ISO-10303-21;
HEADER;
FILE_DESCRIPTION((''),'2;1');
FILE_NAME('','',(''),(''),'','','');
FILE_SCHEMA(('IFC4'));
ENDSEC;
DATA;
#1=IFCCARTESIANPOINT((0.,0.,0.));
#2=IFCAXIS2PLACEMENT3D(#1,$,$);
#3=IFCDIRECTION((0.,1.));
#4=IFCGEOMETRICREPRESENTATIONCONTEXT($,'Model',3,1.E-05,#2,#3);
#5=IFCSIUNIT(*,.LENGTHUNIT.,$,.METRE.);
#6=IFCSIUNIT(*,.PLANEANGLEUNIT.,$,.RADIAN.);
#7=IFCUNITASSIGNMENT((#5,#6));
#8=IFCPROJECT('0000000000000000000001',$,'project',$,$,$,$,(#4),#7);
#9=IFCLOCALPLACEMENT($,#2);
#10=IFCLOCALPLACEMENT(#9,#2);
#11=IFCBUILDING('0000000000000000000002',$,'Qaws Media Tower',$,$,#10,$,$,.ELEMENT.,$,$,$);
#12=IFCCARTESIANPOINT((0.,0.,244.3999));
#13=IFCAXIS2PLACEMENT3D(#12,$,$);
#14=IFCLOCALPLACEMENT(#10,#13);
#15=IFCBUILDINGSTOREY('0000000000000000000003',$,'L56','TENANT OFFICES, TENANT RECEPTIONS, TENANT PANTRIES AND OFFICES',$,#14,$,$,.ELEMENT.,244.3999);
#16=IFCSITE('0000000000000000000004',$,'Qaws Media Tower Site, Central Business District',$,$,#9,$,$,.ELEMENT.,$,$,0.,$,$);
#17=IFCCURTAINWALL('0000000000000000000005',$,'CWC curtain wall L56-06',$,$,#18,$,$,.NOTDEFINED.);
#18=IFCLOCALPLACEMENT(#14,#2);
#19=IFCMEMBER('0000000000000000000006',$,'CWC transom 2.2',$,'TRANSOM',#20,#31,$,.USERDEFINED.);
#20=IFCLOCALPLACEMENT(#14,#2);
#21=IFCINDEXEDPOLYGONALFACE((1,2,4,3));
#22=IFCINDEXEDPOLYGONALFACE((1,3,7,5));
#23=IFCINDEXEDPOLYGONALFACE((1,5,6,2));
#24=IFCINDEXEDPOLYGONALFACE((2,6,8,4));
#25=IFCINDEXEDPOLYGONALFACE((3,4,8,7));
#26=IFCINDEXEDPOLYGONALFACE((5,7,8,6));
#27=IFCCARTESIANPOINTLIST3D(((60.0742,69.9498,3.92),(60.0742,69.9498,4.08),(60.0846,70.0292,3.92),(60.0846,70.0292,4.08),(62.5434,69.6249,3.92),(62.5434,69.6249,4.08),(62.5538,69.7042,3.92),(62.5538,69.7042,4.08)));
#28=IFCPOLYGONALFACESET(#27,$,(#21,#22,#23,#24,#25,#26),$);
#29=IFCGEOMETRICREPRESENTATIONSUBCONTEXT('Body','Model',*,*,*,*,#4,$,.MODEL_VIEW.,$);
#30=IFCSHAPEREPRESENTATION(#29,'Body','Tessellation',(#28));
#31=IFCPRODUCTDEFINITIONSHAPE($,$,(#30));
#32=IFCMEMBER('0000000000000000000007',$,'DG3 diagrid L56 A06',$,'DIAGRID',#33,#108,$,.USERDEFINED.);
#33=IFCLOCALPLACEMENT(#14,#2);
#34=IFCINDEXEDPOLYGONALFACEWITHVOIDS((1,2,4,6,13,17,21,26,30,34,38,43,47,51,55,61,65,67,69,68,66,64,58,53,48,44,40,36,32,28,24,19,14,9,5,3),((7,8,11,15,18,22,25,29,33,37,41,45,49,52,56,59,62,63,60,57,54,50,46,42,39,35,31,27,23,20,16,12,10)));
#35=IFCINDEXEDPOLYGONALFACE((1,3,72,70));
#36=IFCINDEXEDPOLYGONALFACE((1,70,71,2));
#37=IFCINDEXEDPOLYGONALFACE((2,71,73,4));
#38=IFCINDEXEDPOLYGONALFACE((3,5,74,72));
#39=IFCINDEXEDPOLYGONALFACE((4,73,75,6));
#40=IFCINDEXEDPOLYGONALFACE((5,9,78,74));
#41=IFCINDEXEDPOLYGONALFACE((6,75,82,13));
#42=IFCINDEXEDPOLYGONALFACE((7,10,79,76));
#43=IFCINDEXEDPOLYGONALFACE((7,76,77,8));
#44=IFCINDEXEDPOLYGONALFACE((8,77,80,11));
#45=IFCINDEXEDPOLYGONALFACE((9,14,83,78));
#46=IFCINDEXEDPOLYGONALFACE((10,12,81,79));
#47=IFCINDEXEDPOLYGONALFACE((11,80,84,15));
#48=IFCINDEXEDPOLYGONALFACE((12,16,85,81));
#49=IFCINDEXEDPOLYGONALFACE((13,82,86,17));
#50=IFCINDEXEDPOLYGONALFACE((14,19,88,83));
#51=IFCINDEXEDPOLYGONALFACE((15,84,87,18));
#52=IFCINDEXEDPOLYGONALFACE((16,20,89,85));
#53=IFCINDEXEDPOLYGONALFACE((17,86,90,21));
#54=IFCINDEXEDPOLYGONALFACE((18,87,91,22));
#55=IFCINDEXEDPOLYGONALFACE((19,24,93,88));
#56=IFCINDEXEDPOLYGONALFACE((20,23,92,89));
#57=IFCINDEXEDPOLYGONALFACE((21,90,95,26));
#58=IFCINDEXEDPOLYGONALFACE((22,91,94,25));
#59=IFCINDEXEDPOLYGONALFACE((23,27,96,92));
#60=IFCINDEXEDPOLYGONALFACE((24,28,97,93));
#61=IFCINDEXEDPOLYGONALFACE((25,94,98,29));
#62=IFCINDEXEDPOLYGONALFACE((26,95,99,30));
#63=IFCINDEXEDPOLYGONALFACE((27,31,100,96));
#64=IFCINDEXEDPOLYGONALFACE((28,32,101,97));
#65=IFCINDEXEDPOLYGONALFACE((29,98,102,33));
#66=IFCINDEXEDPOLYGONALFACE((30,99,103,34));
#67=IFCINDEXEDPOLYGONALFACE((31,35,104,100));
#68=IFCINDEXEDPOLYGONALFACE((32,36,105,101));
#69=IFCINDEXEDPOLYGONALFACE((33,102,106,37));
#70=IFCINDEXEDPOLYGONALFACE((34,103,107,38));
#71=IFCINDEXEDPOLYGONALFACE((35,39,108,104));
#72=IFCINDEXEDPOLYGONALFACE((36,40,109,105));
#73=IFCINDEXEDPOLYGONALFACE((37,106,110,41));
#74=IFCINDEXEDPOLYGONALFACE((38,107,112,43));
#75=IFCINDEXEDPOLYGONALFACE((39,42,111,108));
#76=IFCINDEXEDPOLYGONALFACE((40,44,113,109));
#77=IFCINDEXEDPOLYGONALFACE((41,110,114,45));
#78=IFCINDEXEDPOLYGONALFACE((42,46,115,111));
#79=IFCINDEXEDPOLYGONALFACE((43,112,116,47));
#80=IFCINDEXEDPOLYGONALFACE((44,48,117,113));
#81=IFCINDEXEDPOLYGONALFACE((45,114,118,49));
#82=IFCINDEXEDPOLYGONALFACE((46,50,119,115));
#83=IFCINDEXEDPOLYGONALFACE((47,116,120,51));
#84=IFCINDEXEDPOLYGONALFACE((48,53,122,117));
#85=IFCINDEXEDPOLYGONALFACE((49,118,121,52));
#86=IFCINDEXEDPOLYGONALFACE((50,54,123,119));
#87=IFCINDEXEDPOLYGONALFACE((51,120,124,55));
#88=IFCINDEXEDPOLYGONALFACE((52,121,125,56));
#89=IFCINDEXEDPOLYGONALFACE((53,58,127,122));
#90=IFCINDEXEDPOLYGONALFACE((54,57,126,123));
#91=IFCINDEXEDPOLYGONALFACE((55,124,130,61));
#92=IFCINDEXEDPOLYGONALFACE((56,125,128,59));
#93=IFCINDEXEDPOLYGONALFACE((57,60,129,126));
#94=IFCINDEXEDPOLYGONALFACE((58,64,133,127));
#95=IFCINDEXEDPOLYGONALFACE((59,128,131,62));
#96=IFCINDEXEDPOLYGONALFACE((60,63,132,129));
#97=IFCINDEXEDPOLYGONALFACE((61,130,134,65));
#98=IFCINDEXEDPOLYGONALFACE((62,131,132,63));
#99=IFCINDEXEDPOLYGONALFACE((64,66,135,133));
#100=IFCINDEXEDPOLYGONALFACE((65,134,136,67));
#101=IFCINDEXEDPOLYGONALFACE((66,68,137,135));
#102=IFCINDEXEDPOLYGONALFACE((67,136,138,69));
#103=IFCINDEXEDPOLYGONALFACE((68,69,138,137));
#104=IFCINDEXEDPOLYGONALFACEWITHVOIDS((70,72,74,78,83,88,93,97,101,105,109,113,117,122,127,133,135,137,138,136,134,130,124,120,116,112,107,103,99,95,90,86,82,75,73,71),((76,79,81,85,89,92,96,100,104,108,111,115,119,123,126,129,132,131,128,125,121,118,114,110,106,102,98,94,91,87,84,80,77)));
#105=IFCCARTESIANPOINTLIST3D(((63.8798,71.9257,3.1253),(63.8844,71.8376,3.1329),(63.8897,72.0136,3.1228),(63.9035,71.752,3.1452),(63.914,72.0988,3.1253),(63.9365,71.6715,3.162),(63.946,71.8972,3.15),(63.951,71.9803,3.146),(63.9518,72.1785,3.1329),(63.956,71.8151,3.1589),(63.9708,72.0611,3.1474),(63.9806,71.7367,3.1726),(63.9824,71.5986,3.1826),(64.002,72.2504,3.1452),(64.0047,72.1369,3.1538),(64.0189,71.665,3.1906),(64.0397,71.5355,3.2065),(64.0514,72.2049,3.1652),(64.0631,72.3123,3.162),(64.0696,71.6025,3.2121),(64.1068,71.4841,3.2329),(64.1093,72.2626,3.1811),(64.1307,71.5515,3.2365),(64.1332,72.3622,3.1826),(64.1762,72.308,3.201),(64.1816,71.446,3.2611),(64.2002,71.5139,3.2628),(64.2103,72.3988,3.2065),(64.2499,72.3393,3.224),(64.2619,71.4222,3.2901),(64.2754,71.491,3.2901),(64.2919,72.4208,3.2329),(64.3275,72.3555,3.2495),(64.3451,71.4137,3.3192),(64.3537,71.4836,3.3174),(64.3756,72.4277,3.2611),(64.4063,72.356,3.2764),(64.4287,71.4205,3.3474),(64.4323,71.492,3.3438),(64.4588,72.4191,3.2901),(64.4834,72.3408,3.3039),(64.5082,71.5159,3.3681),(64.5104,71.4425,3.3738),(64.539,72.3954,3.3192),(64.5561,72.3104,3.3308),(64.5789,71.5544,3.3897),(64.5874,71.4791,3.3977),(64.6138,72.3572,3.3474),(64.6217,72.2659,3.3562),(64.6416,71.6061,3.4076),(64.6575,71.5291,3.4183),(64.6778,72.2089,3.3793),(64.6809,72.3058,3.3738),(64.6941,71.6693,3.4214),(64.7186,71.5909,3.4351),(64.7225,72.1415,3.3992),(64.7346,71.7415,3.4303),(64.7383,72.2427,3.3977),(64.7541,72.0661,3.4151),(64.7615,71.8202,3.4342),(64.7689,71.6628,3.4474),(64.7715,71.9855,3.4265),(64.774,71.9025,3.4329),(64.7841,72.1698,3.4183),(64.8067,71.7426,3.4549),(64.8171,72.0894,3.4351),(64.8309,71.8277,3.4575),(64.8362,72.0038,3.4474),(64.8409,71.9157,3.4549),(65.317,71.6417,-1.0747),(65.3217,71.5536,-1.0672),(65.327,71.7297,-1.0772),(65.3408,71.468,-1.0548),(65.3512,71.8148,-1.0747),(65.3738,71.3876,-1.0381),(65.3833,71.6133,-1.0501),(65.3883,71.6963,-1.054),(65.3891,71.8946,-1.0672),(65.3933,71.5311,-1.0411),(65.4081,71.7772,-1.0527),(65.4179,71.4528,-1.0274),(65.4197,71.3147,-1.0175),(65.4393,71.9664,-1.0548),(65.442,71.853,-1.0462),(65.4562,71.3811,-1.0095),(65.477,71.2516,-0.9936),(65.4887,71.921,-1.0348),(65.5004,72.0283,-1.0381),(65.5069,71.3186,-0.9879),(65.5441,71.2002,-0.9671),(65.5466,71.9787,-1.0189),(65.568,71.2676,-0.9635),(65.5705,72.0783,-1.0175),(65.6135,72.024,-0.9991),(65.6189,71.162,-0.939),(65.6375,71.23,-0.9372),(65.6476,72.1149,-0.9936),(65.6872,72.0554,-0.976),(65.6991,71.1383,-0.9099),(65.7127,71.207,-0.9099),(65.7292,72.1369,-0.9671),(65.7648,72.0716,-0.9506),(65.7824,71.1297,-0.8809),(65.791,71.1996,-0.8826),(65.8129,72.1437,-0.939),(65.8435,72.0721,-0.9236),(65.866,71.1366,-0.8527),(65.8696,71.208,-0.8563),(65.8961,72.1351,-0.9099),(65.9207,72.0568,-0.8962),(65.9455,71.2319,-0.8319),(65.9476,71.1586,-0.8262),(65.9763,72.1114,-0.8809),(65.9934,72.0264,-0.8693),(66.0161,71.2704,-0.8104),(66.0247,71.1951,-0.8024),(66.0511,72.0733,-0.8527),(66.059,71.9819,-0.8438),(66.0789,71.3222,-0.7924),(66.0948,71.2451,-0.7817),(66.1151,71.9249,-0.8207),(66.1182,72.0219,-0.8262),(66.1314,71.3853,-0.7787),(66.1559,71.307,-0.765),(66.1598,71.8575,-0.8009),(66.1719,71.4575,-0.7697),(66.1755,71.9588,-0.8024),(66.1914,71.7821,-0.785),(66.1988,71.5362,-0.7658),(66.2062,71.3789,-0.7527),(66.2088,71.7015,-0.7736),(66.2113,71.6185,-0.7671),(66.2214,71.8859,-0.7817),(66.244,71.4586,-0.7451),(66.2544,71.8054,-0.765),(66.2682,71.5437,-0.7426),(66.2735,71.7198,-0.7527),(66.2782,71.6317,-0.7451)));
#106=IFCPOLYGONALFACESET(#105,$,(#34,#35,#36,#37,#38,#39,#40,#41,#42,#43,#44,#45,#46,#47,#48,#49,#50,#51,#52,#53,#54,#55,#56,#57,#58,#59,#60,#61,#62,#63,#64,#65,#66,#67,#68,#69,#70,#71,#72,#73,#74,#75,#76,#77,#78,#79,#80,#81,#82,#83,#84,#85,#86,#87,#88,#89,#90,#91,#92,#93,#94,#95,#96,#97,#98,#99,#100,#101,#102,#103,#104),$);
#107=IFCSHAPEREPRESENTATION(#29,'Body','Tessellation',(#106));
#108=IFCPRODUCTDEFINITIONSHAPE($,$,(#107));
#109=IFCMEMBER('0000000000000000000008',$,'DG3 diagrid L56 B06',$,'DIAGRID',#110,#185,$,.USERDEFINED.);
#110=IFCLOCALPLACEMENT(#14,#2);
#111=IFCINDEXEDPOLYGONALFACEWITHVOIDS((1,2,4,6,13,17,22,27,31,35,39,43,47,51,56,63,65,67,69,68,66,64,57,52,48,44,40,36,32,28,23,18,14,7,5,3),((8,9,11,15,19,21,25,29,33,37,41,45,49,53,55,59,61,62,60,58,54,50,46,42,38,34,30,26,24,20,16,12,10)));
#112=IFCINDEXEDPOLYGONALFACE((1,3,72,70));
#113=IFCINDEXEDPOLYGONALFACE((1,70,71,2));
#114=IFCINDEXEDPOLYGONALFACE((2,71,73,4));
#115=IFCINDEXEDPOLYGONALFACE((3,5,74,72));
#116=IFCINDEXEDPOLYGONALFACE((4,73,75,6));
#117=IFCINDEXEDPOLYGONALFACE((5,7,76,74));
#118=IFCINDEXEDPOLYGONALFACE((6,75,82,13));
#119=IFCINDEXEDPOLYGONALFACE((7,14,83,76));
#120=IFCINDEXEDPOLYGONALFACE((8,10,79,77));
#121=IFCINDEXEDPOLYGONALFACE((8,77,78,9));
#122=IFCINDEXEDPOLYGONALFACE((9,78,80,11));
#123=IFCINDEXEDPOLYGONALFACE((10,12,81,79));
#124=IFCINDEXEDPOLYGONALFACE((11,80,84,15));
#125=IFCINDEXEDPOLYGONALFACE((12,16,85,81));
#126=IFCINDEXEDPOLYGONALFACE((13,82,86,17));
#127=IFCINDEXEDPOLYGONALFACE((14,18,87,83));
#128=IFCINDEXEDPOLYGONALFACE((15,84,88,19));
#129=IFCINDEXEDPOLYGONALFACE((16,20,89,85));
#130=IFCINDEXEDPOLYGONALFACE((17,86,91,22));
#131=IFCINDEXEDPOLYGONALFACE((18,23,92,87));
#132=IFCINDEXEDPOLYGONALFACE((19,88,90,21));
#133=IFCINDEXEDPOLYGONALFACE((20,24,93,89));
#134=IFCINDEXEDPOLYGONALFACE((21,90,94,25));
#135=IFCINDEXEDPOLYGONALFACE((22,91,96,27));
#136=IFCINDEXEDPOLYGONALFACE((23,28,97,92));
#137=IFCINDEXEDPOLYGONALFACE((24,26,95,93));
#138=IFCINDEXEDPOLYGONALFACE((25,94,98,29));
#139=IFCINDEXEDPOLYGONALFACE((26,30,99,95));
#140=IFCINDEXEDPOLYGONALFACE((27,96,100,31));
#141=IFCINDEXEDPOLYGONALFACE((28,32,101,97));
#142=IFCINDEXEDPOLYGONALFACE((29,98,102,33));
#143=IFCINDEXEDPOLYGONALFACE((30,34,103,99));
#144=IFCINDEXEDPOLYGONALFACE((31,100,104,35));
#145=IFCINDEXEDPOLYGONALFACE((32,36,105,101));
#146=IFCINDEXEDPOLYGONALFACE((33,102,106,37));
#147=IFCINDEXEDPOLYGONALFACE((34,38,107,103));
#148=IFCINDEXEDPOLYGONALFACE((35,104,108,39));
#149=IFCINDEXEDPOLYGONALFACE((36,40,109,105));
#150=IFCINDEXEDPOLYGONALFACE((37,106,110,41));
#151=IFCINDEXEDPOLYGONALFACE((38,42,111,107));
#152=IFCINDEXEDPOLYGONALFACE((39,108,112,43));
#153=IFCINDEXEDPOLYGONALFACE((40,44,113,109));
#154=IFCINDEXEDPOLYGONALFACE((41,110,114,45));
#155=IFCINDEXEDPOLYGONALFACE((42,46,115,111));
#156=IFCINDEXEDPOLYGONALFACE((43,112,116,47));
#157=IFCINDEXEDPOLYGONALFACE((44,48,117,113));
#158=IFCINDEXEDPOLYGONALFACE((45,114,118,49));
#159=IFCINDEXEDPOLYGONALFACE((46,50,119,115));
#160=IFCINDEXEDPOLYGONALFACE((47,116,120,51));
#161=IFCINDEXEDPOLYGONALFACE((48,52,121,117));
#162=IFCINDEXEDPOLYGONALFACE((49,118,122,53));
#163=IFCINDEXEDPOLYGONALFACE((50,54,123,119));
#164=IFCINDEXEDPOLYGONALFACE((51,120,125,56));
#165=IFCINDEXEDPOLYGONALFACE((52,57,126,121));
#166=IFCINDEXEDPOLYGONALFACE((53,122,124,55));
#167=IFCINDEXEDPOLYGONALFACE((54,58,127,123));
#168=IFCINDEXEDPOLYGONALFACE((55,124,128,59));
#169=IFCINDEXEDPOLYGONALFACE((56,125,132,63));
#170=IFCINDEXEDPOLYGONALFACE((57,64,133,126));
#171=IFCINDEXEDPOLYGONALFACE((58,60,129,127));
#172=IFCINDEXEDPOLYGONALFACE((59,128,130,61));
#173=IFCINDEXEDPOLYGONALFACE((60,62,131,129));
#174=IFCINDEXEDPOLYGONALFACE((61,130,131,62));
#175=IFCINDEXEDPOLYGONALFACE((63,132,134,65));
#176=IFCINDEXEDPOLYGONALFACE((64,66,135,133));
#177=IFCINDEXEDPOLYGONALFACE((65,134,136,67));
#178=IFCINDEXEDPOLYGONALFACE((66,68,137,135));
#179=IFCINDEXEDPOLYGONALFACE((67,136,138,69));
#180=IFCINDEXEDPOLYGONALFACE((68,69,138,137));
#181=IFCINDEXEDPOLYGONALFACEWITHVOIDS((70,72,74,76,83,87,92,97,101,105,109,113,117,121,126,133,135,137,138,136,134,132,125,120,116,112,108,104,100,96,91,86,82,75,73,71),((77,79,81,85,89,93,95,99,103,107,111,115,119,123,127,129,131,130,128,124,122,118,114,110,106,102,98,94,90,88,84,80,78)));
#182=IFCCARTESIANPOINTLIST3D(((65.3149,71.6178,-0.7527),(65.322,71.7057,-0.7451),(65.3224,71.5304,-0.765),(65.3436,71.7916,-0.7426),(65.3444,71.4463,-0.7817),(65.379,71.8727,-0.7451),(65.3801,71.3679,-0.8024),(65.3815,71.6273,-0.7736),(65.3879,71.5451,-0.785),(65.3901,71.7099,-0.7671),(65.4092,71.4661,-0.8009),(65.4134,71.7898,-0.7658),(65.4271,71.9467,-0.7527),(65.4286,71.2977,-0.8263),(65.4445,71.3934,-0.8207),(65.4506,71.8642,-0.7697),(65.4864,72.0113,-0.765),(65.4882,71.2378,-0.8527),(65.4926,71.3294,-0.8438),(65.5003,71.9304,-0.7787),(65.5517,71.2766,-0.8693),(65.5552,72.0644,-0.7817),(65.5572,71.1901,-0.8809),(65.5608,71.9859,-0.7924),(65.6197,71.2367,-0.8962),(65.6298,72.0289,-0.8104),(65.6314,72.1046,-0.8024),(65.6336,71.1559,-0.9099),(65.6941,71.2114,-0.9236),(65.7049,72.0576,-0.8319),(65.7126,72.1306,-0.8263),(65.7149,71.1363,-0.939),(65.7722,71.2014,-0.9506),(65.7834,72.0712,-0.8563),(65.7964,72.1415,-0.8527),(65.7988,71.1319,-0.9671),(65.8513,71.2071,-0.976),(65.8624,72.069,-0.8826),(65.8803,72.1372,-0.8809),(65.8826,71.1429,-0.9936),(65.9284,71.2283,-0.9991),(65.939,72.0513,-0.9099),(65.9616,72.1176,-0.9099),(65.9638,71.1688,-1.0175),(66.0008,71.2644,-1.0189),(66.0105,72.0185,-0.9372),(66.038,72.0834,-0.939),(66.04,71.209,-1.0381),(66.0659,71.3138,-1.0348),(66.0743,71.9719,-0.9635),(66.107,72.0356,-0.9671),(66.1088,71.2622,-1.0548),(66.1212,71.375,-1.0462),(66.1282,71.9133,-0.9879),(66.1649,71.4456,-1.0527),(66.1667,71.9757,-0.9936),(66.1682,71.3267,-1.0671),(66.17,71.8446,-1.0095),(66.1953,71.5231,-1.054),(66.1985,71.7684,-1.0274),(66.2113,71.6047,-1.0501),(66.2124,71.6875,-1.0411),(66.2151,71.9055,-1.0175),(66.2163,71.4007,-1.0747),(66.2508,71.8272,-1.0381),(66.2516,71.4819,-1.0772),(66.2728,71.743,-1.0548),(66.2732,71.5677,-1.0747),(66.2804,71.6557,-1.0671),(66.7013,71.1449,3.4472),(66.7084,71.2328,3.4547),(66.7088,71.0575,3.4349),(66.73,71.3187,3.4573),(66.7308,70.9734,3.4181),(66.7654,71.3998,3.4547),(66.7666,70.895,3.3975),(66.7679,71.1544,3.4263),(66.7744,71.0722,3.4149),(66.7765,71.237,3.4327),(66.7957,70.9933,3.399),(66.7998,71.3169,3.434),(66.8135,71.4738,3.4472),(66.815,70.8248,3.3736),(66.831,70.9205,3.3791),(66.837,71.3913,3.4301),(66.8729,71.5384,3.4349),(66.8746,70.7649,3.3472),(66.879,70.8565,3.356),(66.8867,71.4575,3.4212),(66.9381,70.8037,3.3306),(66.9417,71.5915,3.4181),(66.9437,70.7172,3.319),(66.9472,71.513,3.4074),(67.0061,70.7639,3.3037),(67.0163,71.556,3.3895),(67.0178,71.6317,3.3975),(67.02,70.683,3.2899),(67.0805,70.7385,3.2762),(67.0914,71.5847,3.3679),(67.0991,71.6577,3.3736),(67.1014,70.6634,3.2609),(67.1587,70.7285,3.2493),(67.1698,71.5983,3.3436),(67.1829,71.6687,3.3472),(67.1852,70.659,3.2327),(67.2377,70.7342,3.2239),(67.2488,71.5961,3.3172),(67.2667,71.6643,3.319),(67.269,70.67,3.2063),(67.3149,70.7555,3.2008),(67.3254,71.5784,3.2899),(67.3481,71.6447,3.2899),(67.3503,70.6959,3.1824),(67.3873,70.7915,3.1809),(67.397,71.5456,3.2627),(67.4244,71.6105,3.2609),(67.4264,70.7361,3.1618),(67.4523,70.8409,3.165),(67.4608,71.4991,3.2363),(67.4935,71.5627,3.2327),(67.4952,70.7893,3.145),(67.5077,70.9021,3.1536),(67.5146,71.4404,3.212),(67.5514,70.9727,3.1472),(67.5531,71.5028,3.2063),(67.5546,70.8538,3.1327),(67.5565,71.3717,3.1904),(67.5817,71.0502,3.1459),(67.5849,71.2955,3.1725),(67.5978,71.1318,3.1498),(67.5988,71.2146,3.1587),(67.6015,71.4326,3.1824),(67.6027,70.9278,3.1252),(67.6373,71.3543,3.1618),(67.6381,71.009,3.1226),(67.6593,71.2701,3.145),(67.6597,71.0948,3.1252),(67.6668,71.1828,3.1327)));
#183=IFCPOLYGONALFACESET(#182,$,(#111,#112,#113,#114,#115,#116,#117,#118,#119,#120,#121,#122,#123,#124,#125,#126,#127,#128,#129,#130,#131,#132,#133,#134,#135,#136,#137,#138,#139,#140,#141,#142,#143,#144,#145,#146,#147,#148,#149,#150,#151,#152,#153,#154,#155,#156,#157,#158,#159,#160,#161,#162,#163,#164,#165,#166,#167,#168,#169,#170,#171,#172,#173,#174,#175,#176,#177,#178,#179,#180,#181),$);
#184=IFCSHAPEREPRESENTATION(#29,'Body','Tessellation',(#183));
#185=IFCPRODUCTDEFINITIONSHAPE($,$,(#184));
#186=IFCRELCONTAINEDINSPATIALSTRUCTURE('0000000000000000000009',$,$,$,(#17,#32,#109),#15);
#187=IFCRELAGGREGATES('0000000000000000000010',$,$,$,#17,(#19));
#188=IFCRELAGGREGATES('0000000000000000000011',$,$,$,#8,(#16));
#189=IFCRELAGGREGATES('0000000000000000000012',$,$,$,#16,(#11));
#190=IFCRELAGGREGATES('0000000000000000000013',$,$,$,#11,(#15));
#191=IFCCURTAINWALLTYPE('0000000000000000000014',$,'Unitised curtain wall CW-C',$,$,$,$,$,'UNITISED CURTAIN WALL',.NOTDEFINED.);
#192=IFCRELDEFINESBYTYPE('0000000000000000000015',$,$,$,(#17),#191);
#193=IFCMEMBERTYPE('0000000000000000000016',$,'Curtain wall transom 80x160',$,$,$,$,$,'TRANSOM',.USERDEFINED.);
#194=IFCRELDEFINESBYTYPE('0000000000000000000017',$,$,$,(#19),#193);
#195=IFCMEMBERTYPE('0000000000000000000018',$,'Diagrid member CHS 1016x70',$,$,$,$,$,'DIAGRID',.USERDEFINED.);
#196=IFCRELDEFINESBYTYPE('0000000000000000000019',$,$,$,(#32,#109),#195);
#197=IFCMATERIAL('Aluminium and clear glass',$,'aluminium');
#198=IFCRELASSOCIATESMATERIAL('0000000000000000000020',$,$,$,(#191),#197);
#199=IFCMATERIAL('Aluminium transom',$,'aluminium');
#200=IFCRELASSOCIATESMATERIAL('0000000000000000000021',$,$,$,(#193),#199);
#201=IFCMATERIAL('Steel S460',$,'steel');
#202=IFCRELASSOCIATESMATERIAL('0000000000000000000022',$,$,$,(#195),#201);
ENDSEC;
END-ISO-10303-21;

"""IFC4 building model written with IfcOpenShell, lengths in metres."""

from ifc_helpers import new_model, si_unit, direction, frame, origin, origin_2d, place, context, subcontext, project, spatial, rectangle, hollow_circle, extrude, material, material_profile, profile_set, type_object, element, aggregate, save


model = new_model("IFC4")

# Units and contexts
model_context = context("Model", 3, precision=1e-05, world=origin(), true_north=direction((0.0, 1.0)))
body_context = subcontext(model_context, "Body", "Model", "MODEL_VIEW")
ifc_project = project(units=[si_unit("LENGTHUNIT", "METRE"), si_unit("PLANEANGLEUNIT", "RADIAN")], contexts=[model_context])

# Site, building, storey
site_placement = place(None, origin())
site = spatial("IfcSite", under=ifc_project, at=site_placement, Name="Qaws Media Tower Site, Central Business District", CompositionType="ELEMENT", RefElevation=0.0)
building_placement = place(site_placement, origin())
building = spatial("IfcBuilding", under=site, at=building_placement, Name="Qaws Media Tower", CompositionType="ELEMENT")
storey_placement = place(building_placement, frame((0.0, 0.0, 244.3999)))
storey = spatial("IfcBuildingStorey", under=building, at=storey_placement, Name="L56", Description="TENANT OFFICES, TENANT RECEPTIONS, TENANT PANTRIES AND OFFICES", CompositionType="ELEMENT", Elevation=244.3999)

# Shared definitions
ifc_material_1 = material(Name="Aluminium and clear glass", Category="aluminium")
curtain_wall_type = type_object("IfcCurtainWallType", Name="Unitised curtain wall CW-C", ElementType="UNITISED CURTAIN WALL", PredefinedType="NOTDEFINED", material=ifc_material_1)

# Curtain wall
curtain_wall_1_placement = place(storey_placement, origin())
curtain_wall_1 = element("IfcCurtainWall", 1, at=curtain_wall_1_placement, inside=storey, type_object=curtain_wall_type, Name="CWC curtain wall L56-06", PredefinedType="NOTDEFINED")

# Member
ifc_material_2 = material(Name="Aluminium transom", Category="aluminium")
ifc_material_profile_1 = material_profile(ifc_material_2, rectangle(XDim=0.0801, YDim=0.1599, at=origin_2d()), Name="80x160")
ifc_profile_set_1 = profile_set([ifc_material_profile_1], Name="Aluminium transom")
member_type_1 = type_object("IfcMemberType", Name="Curtain wall transom 80x160", ElementType="TRANSOM", PredefinedType="USERDEFINED", material=ifc_profile_set_1)
member_1_placement = place(storey_placement, frame((62.5486, 69.6646, 4.0), z_axis=(-0.991452, 0.130475, 0.0), x_axis=(-0.130475, -0.991452, 0.0)))
member_1 = element("IfcMember", 2, at=member_1_placement, type_object=member_type_1, Name="CWC transom 2.2", ObjectType="TRANSOM", PredefinedType="USERDEFINED", context=body_context, shape_type="SweptSolid", body=[
    extrude(rectangle(XDim=0.0801, YDim=0.1599, at=origin_2d()), origin(), (0.0, 0.0, 1.0), 2.4905),
])

# Members
ifc_material_3 = material(Name="Steel S460", Category="steel")
ifc_material_profile_2 = material_profile(ifc_material_3, hollow_circle(Radius=0.5081, WallThickness=0.0701, at=origin_2d()), Name="CHS 1016x70")
ifc_profile_set_2 = profile_set([ifc_material_profile_2], Name="Steel S460")
member_type_2 = type_object("IfcMemberType", Name="Diagrid member CHS 1016x70", ElementType="DIAGRID", PredefinedType="USERDEFINED", material=ifc_profile_set_2)
member_2_placement = place(storey_placement, frame((65.7976, 71.6367, -0.9099), z_axis=(-0.323114, 0.063832, 0.944205), x_axis=(-0.193808, -0.981039, 0.0)))
element("IfcMember", 3, at=member_2_placement, inside=storey, type_object=member_type_2, Name="DG3 diagrid L56 A06", ObjectType="DIAGRID", PredefinedType="USERDEFINED", context=body_context, shape_type="SweptSolid", body=[
    extrude(hollow_circle(Radius=0.5081, WallThickness=0.0701, at=origin_2d()), origin(), (0.0, 0.0, 1.0), 4.4482),
])
for number, where, z_axis, x_axis, name in (
    (4, (65.7976, 71.6367, -0.9099), (0.311701, -0.106315, 0.944214), (0.32282, 0.94646, 0.0), "DG3 diagrid L56 B06"),
):
    element("IfcMember", number, at=place(storey_placement, frame(where, z_axis=z_axis, x_axis=x_axis)), inside=storey, type_object=member_type_2, Name=name, ObjectType="DIAGRID", PredefinedType="USERDEFINED", context=body_context, shape_type="SweptSolid", body=[
        extrude(hollow_circle(Radius=0.5081, WallThickness=0.0701, at=origin_2d()), origin(), (0.0, 0.0, 1.0), 4.448),
    ])

aggregate(curtain_wall_1, [member_1])

save(model, "model.ifc")
